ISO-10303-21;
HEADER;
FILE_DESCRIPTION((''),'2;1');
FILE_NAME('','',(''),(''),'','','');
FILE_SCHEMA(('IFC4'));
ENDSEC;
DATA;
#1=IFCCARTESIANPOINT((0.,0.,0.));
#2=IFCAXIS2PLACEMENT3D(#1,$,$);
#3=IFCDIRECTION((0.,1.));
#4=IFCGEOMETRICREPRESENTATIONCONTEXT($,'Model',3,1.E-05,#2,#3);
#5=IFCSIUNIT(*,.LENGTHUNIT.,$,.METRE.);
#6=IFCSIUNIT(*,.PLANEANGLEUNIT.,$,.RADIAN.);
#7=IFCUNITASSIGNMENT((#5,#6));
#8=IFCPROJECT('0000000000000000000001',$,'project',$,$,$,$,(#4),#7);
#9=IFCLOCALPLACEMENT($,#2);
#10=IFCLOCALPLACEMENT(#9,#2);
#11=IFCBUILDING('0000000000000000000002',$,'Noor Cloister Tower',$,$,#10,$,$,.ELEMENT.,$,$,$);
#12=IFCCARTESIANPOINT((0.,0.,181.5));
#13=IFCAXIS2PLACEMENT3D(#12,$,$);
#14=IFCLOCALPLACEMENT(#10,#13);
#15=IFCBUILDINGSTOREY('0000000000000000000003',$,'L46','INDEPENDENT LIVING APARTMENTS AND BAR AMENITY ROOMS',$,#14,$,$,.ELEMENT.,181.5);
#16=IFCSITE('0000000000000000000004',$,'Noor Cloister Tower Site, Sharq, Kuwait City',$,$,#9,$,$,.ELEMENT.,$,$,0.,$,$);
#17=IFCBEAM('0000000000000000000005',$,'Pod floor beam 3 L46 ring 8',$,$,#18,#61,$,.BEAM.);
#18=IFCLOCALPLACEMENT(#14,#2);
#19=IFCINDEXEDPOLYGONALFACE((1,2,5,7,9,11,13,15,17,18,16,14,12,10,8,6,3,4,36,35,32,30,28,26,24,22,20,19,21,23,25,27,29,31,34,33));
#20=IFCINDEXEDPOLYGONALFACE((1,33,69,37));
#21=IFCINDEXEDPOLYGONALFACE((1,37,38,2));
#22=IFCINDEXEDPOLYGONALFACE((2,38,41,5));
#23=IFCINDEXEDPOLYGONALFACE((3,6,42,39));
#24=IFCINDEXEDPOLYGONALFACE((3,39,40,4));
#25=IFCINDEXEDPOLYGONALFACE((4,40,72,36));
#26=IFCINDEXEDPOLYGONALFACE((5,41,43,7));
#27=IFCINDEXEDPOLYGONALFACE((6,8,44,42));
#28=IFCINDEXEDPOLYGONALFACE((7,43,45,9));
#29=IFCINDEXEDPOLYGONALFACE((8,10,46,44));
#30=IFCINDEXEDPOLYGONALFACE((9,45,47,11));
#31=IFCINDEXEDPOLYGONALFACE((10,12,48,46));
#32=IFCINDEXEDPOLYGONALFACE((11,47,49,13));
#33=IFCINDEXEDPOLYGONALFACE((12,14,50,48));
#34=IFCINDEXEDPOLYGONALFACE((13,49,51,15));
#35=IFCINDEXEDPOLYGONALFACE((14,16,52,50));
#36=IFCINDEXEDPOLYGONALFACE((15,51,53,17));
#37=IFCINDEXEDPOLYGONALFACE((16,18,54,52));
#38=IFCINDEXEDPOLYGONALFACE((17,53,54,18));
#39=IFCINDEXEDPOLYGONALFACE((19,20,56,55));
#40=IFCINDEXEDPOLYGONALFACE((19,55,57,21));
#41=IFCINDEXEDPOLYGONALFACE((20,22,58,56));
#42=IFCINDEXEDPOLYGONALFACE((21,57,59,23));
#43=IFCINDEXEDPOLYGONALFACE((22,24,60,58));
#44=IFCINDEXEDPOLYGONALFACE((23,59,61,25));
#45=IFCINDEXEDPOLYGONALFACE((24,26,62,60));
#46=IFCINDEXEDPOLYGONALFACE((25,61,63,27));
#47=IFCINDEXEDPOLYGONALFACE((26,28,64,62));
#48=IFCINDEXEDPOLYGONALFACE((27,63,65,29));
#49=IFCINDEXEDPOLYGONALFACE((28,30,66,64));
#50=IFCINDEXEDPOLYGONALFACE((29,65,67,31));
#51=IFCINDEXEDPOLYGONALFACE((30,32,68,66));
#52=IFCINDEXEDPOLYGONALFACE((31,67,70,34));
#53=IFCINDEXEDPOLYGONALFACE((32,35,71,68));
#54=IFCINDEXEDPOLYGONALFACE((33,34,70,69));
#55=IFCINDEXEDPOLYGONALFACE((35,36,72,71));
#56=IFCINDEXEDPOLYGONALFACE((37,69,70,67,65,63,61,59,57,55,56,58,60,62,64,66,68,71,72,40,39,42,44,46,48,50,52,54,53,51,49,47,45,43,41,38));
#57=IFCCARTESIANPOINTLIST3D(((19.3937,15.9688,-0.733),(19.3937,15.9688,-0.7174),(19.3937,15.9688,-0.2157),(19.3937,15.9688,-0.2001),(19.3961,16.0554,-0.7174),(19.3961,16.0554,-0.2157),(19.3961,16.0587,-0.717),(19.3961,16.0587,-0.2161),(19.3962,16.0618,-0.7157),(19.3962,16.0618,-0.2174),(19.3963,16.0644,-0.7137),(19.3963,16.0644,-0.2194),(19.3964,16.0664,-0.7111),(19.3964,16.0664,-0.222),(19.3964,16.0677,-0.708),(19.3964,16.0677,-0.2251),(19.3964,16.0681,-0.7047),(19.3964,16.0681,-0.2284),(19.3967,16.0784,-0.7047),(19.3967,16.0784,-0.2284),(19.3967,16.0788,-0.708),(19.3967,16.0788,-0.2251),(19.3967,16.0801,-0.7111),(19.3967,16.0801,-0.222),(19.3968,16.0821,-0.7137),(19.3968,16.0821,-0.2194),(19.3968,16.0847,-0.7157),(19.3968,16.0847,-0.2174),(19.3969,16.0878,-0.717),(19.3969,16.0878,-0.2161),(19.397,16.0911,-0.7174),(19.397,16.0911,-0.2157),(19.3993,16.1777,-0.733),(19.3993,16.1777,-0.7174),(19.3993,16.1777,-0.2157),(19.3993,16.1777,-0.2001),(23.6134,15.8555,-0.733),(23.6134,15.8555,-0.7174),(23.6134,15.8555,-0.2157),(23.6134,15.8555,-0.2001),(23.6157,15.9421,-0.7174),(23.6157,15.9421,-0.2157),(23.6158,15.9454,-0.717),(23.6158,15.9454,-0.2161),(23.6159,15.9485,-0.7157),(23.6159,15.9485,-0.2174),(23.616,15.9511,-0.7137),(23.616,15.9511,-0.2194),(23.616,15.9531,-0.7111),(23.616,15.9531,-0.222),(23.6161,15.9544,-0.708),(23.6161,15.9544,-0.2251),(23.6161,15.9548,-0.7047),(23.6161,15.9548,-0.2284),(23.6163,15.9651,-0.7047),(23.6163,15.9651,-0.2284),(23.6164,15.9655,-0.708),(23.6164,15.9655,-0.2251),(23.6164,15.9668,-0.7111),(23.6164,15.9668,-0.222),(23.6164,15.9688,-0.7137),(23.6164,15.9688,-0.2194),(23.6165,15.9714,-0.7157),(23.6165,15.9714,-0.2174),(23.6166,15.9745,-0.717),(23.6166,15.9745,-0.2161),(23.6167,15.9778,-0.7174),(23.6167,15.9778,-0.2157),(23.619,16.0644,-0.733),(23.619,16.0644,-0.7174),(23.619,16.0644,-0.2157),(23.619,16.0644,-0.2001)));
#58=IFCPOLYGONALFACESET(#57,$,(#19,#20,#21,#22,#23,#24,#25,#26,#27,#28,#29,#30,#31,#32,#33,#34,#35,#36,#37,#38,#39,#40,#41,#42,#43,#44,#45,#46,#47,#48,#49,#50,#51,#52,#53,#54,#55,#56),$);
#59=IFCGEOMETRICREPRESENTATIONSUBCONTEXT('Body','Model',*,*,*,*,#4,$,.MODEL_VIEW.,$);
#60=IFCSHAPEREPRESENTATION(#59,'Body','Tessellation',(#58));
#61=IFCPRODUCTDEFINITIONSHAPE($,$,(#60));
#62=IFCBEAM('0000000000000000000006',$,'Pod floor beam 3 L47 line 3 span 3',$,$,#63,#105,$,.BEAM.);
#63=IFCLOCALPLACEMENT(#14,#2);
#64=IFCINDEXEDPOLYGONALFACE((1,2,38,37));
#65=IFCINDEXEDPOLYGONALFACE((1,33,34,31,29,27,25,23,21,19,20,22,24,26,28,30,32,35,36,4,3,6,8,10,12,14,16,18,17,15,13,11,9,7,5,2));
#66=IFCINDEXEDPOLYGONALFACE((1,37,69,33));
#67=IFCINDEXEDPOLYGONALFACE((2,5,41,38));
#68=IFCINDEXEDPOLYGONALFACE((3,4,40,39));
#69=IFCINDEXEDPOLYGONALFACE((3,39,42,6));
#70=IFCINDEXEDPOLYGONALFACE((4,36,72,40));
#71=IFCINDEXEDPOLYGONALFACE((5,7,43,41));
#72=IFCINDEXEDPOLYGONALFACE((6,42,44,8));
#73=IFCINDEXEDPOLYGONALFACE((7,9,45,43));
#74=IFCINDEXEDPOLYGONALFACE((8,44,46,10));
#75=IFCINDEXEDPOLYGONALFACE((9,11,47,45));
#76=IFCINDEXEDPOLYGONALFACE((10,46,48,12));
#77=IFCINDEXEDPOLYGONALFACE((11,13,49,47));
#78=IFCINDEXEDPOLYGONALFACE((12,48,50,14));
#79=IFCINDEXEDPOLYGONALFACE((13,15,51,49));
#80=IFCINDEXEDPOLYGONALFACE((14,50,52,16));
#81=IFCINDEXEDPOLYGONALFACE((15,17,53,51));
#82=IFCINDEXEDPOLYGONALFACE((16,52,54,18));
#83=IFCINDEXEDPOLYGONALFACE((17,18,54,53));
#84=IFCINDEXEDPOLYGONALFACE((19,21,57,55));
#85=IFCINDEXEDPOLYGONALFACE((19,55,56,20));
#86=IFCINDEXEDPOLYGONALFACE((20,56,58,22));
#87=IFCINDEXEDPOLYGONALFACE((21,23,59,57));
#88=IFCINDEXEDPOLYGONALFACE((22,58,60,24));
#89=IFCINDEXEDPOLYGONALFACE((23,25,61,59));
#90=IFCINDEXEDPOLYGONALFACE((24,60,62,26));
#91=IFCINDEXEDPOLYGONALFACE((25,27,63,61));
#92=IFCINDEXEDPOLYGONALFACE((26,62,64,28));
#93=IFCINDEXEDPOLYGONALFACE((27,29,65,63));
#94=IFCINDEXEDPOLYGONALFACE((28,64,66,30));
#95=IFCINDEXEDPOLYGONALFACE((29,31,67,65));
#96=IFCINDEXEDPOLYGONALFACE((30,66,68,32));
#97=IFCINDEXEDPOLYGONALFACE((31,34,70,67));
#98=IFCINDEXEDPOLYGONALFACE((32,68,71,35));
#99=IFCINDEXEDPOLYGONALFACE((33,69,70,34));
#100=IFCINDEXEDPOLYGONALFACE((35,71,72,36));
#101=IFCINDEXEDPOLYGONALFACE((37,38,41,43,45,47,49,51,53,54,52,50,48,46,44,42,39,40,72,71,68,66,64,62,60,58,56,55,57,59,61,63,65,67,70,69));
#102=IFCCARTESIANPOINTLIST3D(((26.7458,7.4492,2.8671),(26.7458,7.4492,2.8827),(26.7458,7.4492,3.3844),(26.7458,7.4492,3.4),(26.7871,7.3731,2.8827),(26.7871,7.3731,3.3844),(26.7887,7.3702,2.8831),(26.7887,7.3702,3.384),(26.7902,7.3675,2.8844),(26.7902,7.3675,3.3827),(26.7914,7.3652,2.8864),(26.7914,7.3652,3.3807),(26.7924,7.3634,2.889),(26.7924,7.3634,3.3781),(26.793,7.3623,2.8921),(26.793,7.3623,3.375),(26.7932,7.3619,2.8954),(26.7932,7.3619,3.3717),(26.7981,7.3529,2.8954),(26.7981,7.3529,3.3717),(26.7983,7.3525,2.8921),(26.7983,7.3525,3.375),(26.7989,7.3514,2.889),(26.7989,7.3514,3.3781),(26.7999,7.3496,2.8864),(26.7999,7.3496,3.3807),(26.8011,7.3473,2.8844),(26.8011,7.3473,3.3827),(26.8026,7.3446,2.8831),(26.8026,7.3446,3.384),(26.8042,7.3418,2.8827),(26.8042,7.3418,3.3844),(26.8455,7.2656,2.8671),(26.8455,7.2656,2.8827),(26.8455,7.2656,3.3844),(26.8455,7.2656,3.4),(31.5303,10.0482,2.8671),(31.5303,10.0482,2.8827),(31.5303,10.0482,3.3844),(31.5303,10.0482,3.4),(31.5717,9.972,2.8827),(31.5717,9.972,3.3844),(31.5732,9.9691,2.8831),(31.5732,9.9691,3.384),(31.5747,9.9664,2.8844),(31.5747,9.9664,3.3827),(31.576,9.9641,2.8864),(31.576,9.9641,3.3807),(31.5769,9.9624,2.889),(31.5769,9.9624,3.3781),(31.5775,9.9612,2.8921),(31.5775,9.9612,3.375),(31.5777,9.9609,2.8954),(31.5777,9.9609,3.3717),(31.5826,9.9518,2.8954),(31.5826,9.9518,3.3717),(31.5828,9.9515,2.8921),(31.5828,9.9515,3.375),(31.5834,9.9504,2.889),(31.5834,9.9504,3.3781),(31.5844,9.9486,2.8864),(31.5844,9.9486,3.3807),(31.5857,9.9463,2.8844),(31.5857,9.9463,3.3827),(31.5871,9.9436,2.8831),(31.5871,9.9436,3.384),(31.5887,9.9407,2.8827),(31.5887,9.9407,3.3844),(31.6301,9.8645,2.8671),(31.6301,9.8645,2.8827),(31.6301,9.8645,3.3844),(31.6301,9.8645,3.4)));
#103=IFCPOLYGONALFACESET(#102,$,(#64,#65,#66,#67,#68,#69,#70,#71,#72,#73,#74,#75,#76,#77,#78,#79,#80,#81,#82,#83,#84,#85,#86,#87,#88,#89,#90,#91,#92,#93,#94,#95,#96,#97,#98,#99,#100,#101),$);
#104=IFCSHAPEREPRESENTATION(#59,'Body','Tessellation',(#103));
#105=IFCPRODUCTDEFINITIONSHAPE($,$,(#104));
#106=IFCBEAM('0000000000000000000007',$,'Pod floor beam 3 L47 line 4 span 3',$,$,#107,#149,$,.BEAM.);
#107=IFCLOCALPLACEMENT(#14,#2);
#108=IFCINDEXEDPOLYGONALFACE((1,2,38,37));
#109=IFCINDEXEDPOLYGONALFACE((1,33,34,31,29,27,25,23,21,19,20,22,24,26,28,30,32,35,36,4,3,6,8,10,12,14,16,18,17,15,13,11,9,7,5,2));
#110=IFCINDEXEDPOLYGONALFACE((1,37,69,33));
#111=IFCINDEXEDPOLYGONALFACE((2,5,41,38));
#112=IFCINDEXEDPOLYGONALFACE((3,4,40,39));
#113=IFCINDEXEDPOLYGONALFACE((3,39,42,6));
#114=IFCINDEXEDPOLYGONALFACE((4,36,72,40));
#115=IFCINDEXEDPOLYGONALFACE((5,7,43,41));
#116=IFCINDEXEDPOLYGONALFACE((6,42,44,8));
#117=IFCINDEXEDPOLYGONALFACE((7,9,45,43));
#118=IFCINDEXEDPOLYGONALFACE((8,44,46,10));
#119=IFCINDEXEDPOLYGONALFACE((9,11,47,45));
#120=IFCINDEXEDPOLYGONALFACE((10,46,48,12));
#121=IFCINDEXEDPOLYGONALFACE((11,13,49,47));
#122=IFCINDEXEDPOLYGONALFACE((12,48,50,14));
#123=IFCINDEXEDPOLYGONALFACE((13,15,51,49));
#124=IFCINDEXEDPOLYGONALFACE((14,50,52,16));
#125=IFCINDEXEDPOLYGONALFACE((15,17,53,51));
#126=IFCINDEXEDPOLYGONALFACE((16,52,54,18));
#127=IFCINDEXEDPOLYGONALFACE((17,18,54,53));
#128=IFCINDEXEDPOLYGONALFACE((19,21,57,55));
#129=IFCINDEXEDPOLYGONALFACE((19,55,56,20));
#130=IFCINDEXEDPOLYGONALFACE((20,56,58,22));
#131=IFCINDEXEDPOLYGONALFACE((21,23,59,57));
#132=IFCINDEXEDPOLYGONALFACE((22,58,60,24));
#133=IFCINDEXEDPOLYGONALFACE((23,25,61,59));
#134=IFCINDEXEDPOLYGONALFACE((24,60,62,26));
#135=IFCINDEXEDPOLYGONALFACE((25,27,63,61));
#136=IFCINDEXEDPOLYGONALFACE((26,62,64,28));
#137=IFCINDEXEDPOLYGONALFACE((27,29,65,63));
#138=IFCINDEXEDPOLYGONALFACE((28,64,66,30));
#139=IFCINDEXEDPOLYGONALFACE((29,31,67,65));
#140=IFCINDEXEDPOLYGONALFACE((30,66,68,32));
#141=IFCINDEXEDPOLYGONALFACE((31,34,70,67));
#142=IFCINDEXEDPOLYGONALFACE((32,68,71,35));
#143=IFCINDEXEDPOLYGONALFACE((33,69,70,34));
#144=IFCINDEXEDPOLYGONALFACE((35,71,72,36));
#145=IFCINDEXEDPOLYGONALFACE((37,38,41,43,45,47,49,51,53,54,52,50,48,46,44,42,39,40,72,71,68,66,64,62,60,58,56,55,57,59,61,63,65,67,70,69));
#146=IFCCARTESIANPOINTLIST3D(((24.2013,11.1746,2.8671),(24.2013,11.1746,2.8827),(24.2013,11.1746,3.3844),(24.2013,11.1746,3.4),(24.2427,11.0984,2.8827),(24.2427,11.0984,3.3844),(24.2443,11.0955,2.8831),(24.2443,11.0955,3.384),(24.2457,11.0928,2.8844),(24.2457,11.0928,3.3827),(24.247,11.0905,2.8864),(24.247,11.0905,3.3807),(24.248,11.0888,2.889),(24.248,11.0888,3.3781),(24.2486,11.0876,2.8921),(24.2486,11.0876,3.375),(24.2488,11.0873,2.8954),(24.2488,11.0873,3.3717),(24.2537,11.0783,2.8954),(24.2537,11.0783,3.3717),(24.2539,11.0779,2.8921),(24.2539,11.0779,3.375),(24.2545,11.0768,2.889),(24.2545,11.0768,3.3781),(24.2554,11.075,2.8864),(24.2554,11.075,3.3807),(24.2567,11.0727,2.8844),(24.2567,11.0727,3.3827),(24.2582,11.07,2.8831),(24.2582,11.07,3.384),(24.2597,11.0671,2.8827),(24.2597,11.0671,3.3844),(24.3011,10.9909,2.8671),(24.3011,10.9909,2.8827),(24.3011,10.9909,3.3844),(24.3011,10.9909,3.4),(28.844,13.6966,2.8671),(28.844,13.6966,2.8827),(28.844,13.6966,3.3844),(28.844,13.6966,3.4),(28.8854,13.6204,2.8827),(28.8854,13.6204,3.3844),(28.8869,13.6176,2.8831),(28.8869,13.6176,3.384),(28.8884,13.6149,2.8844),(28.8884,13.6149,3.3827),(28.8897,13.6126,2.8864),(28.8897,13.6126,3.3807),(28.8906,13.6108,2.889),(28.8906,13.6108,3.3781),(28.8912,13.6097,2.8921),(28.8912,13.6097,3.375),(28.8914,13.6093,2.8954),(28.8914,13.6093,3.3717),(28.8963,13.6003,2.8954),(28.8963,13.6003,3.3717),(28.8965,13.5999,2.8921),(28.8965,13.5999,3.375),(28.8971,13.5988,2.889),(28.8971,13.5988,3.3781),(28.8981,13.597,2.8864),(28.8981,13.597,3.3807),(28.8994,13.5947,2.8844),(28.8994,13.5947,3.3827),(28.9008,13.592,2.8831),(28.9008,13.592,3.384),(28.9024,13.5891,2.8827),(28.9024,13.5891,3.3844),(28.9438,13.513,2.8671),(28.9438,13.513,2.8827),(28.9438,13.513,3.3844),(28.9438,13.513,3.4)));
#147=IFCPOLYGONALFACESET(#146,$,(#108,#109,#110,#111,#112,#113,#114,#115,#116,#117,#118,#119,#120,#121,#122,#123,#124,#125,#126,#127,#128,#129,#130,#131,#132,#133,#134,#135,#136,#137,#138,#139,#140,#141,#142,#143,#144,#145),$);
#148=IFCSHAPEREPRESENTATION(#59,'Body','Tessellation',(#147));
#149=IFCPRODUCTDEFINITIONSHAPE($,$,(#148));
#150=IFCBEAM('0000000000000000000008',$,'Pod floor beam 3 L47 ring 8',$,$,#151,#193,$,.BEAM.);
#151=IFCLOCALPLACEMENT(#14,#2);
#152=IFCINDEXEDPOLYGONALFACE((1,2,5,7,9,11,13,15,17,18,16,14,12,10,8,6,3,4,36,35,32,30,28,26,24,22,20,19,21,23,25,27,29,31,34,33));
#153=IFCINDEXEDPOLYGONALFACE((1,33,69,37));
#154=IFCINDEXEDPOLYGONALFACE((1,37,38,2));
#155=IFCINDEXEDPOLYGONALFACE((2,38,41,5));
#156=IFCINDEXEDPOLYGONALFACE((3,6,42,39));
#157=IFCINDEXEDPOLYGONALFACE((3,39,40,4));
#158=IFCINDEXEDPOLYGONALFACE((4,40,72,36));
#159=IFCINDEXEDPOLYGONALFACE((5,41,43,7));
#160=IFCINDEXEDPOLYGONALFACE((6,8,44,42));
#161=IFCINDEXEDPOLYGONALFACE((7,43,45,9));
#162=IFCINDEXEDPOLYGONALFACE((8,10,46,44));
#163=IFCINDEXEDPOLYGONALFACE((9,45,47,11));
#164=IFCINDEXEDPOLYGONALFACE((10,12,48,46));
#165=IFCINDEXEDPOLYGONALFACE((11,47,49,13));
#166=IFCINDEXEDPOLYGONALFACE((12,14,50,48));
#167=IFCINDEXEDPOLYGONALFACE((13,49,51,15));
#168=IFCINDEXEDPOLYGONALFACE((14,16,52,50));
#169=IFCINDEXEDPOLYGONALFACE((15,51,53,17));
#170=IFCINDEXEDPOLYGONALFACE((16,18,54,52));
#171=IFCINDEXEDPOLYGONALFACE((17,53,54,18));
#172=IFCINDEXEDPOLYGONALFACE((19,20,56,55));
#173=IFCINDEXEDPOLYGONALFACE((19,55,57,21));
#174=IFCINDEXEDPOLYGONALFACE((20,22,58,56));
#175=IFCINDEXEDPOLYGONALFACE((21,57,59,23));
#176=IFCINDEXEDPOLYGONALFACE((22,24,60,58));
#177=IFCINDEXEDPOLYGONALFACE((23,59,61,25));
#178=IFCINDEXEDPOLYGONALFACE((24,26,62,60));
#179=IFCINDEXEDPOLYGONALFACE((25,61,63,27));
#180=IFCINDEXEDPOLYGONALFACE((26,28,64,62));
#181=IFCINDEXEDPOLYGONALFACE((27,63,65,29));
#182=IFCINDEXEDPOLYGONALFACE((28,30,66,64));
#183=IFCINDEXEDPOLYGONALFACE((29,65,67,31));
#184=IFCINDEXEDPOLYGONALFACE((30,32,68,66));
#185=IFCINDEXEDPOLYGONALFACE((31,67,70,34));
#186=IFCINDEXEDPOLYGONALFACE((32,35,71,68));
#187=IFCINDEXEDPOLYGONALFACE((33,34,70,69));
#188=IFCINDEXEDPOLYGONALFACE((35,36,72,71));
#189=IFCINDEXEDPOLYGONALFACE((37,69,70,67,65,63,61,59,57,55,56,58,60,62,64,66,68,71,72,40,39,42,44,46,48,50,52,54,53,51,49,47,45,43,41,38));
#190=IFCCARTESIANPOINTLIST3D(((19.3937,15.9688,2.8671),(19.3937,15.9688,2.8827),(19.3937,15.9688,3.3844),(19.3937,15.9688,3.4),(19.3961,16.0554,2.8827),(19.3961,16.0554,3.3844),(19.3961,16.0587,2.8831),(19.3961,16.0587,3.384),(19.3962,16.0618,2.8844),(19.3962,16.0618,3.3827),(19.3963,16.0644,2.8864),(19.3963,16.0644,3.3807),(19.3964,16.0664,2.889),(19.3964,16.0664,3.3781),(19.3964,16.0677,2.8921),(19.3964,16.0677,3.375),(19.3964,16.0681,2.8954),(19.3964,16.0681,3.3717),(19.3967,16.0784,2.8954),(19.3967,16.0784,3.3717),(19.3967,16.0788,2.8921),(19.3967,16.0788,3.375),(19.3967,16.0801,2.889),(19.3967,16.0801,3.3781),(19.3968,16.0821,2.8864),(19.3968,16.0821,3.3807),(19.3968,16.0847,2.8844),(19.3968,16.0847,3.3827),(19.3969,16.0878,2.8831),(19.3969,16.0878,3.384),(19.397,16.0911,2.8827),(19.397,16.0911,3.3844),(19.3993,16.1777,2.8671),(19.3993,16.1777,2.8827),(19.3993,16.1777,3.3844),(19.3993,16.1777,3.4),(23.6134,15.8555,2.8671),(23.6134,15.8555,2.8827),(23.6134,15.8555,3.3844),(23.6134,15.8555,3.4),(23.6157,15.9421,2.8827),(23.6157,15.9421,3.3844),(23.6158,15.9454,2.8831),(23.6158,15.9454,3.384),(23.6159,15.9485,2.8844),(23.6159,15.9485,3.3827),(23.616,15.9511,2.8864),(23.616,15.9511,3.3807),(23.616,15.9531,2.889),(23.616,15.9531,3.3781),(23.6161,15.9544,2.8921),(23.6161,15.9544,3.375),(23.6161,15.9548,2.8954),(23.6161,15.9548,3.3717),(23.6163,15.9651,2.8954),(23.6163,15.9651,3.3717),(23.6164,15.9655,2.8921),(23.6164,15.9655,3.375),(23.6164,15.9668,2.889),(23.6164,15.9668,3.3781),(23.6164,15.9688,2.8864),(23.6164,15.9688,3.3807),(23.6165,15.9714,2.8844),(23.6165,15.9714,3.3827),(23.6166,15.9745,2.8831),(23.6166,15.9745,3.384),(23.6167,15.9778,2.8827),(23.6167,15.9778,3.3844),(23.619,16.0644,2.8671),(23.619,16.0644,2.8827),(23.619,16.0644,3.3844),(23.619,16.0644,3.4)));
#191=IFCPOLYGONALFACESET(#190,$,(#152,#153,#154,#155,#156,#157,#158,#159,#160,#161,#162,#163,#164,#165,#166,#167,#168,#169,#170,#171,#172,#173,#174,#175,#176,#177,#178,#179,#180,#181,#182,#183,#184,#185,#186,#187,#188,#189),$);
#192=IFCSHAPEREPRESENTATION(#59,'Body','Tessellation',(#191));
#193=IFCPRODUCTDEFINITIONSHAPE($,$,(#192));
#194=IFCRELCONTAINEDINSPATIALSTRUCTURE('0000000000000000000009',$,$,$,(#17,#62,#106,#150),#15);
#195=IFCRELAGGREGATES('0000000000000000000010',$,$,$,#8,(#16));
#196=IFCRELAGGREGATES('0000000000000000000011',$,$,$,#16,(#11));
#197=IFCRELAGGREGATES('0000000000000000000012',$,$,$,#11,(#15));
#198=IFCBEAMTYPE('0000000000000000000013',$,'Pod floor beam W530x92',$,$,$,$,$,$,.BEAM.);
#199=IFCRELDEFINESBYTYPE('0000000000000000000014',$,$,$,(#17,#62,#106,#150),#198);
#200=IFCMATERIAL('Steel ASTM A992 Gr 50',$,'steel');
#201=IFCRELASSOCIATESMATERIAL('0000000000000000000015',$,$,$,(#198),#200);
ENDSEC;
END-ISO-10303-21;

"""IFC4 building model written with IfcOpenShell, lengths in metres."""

from ifc_helpers import new_model, si_unit, direction, frame, origin, origin_2d, place, context, subcontext, project, spatial, i_section, extrude, material, material_profile, profile_set, type_object, element, save


model = new_model("IFC4")

# Units and contexts
model_context = context("Model", 3, precision=1e-05, world=origin(), true_north=direction((0.0, 1.0)))
body_context = subcontext(model_context, "Body", "Model", "MODEL_VIEW")
ifc_project = project(units=[si_unit("LENGTHUNIT", "METRE"), si_unit("PLANEANGLEUNIT", "RADIAN")], contexts=[model_context])

# Site, building, storey
site_placement = place(None, origin())
site = spatial("IfcSite", under=ifc_project, at=site_placement, Name="Noor Cloister Tower Site, Sharq, Kuwait City", CompositionType="ELEMENT", RefElevation=0.0)
building_placement = place(site_placement, origin())
building = spatial("IfcBuilding", under=site, at=building_placement, Name="Noor Cloister Tower", CompositionType="ELEMENT")
storey_placement = place(building_placement, frame((0.0, 0.0, 181.5)))
storey = spatial("IfcBuildingStorey", under=building, at=storey_placement, Name="L46", Description="INDEPENDENT LIVING APARTMENTS AND BAR AMENITY ROOMS", CompositionType="ELEMENT", Elevation=181.5)

# Beams
ifc_material_1 = material(Name="Steel ASTM A992 Gr 50", Category="steel")
ifc_material_profile_1 = material_profile(ifc_material_1, i_section(OverallWidth=0.209, OverallDepth=0.533, WebThickness=0.0103, FlangeThickness=0.0156, FilletRadius=0.0127, at=origin_2d()), Name="W530x92")
ifc_profile_set_1 = profile_set([ifc_material_profile_1], Name="Steel ASTM A992 Gr 50")
beam_type = type_object("IfcBeamType", Name="Pod floor beam W530x92", PredefinedType="BEAM", material=ifc_profile_set_1)
beam_1_placement = place(storey_placement, frame((23.6162, 15.96, -0.4666), z_axis=(-0.99964, 0.026836, 0.0), x_axis=(-0.026836, -0.99964, 0.0)))
element("IfcBeam", 1, at=beam_1_placement, inside=storey, type_object=beam_type, Name="Pod floor beam 3 L46 ring 8", PredefinedType="BEAM", context=body_context, shape_type="SweptSolid", body=[
    extrude(i_section(OverallWidth=0.209, OverallDepth=0.533, WebThickness=0.0103, FlangeThickness=0.0156, FilletRadius=0.0127, at=origin_2d()), origin(), (0.0, 0.0, 1.0), 4.2212),
])
beam_2_placement = place(storey_placement, frame((26.7957, 7.3574, 3.1335), z_axis=(0.878729, 0.477321, 0.0), x_axis=(-0.477321, 0.878729, 0.0)))
element("IfcBeam", 2, at=beam_2_placement, inside=storey, type_object=beam_type, Name="Pod floor beam 3 L47 line 3 span 3", PredefinedType="BEAM", context=body_context, shape_type="SweptSolid", body=[
    extrude(i_section(OverallWidth=0.209, OverallDepth=0.533, WebThickness=0.0103, FlangeThickness=0.0156, FilletRadius=0.0127, at=origin_2d()), origin(), (0.0, 0.0, 1.0), 5.4448),
])
beam_3_placement = place(storey_placement, frame((24.2512, 11.0828, 3.1335), z_axis=(0.878717, 0.477343, 0.0), x_axis=(-0.477343, 0.878717, 0.0)))
element("IfcBeam", 3, at=beam_3_placement, inside=storey, type_object=beam_type, Name="Pod floor beam 3 L47 line 4 span 3", PredefinedType="BEAM", context=body_context, shape_type="SweptSolid", body=[
    extrude(i_section(OverallWidth=0.209, OverallDepth=0.533, WebThickness=0.0103, FlangeThickness=0.0156, FilletRadius=0.0127, at=origin_2d()), origin(), (0.0, 0.0, 1.0), 5.2834),
])
beam_4_placement = place(storey_placement, frame((23.6162, 15.96, 3.1335), z_axis=(-0.99964, 0.026836, 0.0), x_axis=(-0.026836, -0.99964, 0.0)))
element("IfcBeam", 4, at=beam_4_placement, inside=storey, type_object=beam_type, Name="Pod floor beam 3 L47 ring 8", PredefinedType="BEAM", context=body_context, shape_type="SweptSolid", body=[
    extrude(i_section(OverallWidth=0.209, OverallDepth=0.533, WebThickness=0.0103, FlangeThickness=0.0156, FilletRadius=0.0127, at=origin_2d()), origin(), (0.0, 0.0, 1.0), 4.2212),
])

save(model, "model.ifc")
